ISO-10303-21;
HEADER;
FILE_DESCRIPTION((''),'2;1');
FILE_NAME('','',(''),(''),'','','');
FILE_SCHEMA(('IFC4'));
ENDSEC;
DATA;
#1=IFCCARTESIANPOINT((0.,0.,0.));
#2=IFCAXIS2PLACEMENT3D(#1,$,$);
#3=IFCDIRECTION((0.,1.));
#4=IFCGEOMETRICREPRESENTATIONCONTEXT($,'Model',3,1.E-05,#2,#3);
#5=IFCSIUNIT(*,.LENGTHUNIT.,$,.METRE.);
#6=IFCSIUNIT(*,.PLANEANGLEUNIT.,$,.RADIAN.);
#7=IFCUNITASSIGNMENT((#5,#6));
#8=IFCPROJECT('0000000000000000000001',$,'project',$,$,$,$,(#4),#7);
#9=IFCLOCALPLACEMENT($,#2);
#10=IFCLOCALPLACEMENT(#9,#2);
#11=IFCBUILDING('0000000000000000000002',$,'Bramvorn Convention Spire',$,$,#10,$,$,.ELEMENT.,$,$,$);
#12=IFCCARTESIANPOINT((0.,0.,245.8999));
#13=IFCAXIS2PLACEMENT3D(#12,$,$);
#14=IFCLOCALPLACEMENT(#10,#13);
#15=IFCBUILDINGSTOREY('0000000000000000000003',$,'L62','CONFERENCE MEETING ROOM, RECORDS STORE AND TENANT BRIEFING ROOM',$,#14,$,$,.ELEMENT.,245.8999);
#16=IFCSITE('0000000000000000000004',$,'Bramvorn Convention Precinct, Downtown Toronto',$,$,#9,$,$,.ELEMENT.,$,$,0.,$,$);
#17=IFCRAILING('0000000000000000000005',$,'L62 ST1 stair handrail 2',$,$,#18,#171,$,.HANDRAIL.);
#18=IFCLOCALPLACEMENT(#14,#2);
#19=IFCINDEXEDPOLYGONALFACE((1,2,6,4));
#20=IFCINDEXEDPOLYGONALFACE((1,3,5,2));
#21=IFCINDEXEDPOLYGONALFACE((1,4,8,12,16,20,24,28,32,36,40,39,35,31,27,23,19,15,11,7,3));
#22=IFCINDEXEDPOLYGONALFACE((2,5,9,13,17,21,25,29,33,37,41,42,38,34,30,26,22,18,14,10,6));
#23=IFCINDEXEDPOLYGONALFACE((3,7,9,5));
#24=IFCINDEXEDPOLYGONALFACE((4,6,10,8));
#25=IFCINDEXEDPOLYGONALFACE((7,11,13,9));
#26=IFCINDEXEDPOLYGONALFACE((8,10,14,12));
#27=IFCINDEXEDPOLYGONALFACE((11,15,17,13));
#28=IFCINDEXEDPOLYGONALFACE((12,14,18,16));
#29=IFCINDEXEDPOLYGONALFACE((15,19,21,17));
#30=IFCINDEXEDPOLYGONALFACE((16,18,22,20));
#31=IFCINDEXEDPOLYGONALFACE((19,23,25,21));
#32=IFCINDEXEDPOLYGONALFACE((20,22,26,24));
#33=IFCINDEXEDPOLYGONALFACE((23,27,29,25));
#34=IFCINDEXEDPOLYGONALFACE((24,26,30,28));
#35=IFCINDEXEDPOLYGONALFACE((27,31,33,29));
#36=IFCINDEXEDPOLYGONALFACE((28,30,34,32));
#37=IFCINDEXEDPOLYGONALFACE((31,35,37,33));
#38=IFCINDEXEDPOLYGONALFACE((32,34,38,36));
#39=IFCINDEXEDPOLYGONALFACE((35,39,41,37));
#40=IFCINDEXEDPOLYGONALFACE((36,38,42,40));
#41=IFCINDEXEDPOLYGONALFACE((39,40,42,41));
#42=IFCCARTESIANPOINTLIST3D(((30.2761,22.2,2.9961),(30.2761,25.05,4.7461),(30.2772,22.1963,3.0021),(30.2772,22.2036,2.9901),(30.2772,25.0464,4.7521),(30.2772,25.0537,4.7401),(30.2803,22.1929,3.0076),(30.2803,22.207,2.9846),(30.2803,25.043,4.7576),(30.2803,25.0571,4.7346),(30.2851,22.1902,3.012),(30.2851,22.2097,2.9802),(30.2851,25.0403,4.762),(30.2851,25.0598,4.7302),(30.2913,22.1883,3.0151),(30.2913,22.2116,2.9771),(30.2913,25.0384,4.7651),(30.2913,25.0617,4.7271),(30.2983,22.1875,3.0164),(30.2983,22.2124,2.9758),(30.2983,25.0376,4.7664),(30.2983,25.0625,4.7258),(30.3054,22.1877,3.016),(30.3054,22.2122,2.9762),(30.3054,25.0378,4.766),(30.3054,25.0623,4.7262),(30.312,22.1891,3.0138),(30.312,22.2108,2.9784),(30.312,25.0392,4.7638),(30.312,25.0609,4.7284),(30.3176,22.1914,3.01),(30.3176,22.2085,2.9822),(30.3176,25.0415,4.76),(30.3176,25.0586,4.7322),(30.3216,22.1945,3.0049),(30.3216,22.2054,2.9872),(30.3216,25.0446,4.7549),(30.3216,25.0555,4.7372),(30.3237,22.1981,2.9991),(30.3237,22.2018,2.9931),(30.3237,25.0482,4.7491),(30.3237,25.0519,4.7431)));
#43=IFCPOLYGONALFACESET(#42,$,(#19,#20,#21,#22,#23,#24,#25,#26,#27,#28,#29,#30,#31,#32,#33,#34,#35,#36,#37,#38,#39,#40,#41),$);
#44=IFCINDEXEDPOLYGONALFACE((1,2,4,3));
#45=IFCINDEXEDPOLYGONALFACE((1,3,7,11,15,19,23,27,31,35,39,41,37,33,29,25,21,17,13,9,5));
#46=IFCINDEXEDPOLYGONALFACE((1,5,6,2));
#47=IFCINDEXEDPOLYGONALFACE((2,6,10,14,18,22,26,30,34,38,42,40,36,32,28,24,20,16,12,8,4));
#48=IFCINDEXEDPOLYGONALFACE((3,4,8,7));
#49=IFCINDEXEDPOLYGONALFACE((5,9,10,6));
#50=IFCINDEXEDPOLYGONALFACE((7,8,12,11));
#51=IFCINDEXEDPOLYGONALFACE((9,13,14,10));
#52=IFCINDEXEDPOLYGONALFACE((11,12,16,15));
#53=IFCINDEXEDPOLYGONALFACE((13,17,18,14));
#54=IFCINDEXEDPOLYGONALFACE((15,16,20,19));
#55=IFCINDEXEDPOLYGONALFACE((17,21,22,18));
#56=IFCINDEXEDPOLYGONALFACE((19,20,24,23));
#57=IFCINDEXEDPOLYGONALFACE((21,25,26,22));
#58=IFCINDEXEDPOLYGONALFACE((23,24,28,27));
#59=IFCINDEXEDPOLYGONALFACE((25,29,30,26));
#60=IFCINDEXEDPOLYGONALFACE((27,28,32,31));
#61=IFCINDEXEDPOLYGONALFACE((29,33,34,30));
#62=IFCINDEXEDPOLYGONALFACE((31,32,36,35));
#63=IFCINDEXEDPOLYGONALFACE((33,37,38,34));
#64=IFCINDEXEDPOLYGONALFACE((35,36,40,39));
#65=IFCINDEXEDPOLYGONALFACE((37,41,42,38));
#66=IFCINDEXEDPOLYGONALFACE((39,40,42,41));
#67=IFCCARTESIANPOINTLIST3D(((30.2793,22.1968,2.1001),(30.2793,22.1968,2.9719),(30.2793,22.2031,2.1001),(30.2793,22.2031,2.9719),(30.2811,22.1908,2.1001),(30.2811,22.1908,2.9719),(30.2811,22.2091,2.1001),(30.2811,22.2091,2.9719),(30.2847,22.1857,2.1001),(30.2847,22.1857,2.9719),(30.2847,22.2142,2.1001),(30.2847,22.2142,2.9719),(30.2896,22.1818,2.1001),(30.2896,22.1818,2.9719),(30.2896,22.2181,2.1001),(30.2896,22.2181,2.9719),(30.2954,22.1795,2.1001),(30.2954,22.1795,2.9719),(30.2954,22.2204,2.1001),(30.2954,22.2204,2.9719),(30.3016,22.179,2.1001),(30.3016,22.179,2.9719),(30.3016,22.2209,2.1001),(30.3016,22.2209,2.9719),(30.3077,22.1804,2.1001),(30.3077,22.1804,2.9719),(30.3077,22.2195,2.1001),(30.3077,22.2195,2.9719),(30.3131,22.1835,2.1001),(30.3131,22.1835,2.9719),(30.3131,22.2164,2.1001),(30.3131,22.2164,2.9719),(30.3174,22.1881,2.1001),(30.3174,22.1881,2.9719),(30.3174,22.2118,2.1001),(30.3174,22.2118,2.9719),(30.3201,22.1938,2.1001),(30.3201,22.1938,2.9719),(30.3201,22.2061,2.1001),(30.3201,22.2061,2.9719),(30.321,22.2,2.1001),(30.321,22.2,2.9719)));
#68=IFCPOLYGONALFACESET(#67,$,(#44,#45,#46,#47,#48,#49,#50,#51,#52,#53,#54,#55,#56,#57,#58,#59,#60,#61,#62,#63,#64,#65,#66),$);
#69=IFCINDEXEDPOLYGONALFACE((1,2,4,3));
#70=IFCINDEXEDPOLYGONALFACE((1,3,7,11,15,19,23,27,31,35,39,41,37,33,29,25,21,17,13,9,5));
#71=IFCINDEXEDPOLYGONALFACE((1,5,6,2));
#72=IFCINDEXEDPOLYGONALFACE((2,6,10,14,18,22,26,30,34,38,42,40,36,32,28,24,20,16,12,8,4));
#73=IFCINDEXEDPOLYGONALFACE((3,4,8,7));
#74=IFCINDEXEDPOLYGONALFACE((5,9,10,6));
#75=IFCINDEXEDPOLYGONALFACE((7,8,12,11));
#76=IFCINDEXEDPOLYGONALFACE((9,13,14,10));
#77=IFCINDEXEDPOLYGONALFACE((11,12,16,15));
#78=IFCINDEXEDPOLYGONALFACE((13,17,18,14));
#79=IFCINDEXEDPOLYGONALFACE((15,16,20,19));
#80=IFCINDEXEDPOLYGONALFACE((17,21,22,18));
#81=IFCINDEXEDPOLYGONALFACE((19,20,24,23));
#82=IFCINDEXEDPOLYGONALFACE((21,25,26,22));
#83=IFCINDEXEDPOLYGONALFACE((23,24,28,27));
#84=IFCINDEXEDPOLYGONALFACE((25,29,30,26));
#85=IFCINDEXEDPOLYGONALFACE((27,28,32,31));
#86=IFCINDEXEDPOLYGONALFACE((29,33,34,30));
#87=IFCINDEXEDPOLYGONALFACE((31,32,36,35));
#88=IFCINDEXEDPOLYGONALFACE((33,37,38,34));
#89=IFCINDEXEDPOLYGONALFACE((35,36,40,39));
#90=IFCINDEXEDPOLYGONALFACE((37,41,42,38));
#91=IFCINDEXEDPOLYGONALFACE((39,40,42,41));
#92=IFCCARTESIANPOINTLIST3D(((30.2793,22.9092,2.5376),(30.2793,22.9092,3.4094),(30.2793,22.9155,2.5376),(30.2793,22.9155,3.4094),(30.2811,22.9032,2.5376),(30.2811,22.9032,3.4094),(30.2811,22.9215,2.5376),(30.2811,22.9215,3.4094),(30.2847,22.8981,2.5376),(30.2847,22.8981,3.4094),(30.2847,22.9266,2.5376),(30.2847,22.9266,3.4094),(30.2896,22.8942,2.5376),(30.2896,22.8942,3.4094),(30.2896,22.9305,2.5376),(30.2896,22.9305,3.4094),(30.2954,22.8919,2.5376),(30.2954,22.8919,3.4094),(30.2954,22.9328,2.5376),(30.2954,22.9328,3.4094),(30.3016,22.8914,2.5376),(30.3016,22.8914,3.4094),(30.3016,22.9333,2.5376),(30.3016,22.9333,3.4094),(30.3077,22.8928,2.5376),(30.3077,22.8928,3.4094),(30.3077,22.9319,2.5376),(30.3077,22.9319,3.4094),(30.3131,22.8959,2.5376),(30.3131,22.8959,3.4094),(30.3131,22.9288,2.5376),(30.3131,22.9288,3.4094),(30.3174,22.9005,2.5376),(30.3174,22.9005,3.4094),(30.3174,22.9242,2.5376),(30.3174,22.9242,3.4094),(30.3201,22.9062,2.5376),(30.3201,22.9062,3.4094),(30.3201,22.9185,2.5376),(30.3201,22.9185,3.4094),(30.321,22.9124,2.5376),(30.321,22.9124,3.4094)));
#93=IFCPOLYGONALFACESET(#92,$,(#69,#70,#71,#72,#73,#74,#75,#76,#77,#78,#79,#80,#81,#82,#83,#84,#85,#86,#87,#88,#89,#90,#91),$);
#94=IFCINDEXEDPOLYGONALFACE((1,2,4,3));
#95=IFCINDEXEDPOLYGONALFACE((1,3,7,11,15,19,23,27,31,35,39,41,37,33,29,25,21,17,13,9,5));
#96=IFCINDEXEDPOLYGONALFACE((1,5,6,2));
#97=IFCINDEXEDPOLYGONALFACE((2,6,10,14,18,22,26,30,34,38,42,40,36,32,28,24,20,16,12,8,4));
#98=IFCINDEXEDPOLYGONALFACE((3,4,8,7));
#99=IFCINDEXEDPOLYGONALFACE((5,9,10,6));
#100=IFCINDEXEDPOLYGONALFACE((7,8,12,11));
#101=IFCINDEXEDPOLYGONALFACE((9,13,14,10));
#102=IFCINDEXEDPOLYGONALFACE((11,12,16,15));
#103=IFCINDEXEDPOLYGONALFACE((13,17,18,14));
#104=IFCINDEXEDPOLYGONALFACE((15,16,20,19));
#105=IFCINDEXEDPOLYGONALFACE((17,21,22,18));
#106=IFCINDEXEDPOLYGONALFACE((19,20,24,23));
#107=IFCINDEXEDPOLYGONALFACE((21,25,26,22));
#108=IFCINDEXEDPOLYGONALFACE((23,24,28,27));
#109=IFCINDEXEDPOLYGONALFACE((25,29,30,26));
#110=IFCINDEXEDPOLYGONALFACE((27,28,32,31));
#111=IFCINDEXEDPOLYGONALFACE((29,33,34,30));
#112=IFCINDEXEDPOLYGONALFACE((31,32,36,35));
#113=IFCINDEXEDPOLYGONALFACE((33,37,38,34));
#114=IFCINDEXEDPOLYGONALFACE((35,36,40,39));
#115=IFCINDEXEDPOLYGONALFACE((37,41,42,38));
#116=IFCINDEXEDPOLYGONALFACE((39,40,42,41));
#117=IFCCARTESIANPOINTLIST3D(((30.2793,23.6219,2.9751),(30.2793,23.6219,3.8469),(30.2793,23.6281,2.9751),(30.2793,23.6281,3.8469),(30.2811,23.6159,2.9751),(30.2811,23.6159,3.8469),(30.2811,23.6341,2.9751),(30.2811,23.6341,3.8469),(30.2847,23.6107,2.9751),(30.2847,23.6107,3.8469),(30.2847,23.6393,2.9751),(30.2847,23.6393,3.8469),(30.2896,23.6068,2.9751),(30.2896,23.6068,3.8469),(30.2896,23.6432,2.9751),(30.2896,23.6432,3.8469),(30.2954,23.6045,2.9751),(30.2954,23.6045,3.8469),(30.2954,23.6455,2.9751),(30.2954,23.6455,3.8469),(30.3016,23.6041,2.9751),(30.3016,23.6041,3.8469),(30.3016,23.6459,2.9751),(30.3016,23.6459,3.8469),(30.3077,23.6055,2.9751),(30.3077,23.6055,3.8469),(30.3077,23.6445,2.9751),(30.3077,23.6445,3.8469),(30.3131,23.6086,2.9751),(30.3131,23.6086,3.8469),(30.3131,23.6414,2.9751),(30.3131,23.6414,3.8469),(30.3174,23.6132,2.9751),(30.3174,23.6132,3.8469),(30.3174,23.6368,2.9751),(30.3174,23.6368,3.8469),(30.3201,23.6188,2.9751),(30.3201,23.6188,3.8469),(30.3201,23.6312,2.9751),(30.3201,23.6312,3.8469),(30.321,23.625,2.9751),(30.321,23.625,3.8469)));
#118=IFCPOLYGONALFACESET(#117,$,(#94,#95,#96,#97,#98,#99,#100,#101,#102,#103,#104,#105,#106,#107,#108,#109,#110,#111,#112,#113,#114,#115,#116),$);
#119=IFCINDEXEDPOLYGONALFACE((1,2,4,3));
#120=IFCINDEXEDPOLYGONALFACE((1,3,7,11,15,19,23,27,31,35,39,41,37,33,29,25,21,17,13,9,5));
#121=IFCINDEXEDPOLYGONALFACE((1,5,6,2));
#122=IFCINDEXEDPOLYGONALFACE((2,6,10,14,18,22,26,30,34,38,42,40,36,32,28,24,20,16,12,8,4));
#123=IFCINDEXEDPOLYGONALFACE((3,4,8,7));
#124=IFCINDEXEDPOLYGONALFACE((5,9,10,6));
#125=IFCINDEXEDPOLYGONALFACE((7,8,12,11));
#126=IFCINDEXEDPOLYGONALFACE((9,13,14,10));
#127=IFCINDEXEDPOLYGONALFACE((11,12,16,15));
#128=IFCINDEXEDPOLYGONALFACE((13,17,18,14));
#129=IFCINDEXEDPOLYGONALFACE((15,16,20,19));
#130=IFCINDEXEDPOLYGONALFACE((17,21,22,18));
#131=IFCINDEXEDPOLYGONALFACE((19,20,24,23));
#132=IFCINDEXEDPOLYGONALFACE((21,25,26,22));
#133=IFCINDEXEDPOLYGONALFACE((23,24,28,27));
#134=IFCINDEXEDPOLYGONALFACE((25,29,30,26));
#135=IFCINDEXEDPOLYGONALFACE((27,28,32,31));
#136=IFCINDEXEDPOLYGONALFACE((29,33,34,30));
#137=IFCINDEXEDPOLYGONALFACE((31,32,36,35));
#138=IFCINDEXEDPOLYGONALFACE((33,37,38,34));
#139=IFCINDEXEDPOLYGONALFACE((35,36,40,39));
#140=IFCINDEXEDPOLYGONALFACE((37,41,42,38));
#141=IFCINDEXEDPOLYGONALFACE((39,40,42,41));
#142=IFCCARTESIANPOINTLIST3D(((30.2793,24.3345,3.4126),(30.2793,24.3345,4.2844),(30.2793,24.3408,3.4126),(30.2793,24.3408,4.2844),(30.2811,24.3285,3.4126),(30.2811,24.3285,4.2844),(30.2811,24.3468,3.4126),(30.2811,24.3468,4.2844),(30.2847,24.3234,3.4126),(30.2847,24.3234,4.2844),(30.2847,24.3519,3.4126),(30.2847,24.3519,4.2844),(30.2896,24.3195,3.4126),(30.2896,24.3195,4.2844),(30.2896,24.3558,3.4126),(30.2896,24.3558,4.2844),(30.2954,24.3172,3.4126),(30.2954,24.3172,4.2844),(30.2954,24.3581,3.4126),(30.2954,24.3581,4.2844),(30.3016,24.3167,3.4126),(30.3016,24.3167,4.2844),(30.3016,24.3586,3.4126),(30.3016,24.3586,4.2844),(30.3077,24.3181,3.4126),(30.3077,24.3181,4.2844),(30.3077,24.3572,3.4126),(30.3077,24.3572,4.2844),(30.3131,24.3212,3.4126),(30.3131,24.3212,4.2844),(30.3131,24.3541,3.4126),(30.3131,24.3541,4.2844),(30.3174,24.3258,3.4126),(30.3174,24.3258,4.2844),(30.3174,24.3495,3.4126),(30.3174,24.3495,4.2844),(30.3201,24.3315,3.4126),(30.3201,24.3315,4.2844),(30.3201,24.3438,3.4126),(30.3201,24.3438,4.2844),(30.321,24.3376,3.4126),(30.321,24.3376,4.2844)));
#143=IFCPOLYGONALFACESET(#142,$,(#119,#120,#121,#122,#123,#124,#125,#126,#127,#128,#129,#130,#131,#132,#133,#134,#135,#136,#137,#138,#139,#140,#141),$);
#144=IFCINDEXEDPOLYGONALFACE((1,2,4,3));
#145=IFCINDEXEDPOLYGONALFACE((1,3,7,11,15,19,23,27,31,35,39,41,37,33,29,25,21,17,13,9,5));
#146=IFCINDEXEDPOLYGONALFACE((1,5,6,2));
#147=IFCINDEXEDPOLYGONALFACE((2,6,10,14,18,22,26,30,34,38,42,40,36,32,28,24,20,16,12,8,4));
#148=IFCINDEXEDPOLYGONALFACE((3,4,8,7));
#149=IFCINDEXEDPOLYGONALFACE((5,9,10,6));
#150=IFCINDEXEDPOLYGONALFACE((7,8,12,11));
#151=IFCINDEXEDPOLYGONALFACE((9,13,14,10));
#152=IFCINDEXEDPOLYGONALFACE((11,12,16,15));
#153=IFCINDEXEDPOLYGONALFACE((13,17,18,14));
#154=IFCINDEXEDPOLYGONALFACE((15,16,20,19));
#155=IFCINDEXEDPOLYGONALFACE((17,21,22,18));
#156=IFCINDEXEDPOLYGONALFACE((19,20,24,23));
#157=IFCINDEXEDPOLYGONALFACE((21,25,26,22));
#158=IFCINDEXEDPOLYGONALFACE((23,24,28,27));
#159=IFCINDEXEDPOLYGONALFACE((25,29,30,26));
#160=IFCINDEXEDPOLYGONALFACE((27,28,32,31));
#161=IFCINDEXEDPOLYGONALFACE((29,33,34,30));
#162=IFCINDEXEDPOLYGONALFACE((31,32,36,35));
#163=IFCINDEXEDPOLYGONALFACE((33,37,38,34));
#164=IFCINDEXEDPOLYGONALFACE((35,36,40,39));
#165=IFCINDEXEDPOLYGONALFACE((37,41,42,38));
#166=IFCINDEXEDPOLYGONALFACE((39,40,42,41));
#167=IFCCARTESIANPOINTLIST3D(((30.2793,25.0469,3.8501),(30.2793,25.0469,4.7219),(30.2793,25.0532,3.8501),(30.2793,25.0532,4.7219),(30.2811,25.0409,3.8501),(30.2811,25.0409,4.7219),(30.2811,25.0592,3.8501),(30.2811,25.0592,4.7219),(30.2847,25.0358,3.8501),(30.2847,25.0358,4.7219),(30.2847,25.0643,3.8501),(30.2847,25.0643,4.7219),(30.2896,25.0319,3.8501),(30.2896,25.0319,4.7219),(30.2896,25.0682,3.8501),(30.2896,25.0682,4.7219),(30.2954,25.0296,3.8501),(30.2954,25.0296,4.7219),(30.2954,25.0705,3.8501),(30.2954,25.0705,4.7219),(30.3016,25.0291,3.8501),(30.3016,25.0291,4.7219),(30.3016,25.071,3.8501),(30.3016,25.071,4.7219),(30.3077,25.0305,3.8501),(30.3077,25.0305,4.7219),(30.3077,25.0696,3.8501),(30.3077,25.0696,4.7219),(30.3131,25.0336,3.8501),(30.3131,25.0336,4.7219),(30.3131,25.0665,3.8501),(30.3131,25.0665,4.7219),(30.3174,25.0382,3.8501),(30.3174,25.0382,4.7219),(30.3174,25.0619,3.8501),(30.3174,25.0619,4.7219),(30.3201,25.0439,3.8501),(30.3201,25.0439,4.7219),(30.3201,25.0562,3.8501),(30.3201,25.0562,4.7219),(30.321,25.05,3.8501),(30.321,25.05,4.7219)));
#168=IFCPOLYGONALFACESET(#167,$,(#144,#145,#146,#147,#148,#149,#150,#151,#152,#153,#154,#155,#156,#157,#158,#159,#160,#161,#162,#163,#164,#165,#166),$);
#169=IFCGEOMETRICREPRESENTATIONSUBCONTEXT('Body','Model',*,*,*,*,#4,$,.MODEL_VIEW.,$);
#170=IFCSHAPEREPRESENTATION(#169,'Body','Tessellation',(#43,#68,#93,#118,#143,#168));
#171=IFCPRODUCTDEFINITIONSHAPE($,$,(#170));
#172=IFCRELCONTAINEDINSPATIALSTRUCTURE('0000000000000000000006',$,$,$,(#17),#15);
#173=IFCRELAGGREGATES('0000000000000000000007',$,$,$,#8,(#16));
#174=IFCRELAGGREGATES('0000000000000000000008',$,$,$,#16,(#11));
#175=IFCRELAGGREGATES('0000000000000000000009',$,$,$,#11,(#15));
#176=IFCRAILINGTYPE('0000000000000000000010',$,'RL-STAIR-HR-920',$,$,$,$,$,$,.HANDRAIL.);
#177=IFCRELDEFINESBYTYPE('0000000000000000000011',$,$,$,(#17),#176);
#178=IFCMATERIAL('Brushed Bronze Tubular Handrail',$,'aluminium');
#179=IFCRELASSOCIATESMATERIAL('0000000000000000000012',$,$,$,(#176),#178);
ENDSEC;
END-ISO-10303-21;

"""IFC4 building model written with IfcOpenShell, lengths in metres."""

from ifc_helpers import new_model, si_unit, direction, frame, origin, origin_2d, place, context, subcontext, project, spatial, circle, extrude, material, type_object, element, save


model = new_model("IFC4")

# Units and contexts
model_context = context("Model", 3, precision=1e-05, world=origin(), true_north=direction((0.0, 1.0)))
body_context = subcontext(model_context, "Body", "Model", "MODEL_VIEW")
ifc_project = project(units=[si_unit("LENGTHUNIT", "METRE"), si_unit("PLANEANGLEUNIT", "RADIAN")], contexts=[model_context])

# Site, building, storey
site_placement = place(None, origin())
site = spatial("IfcSite", under=ifc_project, at=site_placement, Name="Bramvorn Convention Precinct, Downtown Toronto", CompositionType="ELEMENT", RefElevation=0.0)
building_placement = place(site_placement, origin())
building = spatial("IfcBuilding", under=site, at=building_placement, Name="Bramvorn Convention Spire", CompositionType="ELEMENT")
storey_placement = place(building_placement, frame((0.0, 0.0, 245.8999)))
storey = spatial("IfcBuildingStorey", under=building, at=storey_placement, Name="L62", Description="CONFERENCE MEETING ROOM, RECORDS STORE AND TENANT BRIEFING ROOM", CompositionType="ELEMENT", Elevation=245.8999)

# Railing
ifc_material_1 = material(Name="Brushed Bronze Tubular Handrail", Category="aluminium")
railing_type_1 = type_object("IfcRailingType", Name="RL-STAIR-HR-920", PredefinedType="HANDRAIL", material=ifc_material_1)
for number, where, name in (
    (1, (30.3, 22.2, 2.1001), "L62 ST1 stair handrail 2"),
):
    element("IfcRailing", number, at=place(storey_placement, frame(where)), inside=storey, type_object=railing_type_1, Name=name, PredefinedType="HANDRAIL", context=body_context, shape_type="SweptSolid", body=[
        extrude(circle(Radius=0.0239, at=origin_2d()), frame((0.0, 0.0, 0.896), z_axis=(0.0, 0.852179, 0.52325), x_axis=(-1.0, 0.0, 0.0)), (0.0, 0.0, 1.0), 3.3445),
        extrude(circle(Radius=0.021, at=origin_2d()), origin(), (0.0, 0.0, 1.0), 0.8718),
        extrude(circle(Radius=0.021, at=origin_2d()), frame((0.0, 0.7124, 0.4375)), (0.0, 0.0, 1.0), 0.8718),
        extrude(circle(Radius=0.021, at=origin_2d()), frame((0.0, 1.425, 0.875)), (0.0, 0.0, 1.0), 0.8718),
        extrude(circle(Radius=0.021, at=origin_2d()), frame((0.0, 2.1377, 1.3125)), (0.0, 0.0, 1.0), 0.8718),
        extrude(circle(Radius=0.021, at=origin_2d()), frame((0.0, 2.8501, 1.75)), (0.0, 0.0, 1.0), 0.8718),
    ])

save(model, "model.ifc")
